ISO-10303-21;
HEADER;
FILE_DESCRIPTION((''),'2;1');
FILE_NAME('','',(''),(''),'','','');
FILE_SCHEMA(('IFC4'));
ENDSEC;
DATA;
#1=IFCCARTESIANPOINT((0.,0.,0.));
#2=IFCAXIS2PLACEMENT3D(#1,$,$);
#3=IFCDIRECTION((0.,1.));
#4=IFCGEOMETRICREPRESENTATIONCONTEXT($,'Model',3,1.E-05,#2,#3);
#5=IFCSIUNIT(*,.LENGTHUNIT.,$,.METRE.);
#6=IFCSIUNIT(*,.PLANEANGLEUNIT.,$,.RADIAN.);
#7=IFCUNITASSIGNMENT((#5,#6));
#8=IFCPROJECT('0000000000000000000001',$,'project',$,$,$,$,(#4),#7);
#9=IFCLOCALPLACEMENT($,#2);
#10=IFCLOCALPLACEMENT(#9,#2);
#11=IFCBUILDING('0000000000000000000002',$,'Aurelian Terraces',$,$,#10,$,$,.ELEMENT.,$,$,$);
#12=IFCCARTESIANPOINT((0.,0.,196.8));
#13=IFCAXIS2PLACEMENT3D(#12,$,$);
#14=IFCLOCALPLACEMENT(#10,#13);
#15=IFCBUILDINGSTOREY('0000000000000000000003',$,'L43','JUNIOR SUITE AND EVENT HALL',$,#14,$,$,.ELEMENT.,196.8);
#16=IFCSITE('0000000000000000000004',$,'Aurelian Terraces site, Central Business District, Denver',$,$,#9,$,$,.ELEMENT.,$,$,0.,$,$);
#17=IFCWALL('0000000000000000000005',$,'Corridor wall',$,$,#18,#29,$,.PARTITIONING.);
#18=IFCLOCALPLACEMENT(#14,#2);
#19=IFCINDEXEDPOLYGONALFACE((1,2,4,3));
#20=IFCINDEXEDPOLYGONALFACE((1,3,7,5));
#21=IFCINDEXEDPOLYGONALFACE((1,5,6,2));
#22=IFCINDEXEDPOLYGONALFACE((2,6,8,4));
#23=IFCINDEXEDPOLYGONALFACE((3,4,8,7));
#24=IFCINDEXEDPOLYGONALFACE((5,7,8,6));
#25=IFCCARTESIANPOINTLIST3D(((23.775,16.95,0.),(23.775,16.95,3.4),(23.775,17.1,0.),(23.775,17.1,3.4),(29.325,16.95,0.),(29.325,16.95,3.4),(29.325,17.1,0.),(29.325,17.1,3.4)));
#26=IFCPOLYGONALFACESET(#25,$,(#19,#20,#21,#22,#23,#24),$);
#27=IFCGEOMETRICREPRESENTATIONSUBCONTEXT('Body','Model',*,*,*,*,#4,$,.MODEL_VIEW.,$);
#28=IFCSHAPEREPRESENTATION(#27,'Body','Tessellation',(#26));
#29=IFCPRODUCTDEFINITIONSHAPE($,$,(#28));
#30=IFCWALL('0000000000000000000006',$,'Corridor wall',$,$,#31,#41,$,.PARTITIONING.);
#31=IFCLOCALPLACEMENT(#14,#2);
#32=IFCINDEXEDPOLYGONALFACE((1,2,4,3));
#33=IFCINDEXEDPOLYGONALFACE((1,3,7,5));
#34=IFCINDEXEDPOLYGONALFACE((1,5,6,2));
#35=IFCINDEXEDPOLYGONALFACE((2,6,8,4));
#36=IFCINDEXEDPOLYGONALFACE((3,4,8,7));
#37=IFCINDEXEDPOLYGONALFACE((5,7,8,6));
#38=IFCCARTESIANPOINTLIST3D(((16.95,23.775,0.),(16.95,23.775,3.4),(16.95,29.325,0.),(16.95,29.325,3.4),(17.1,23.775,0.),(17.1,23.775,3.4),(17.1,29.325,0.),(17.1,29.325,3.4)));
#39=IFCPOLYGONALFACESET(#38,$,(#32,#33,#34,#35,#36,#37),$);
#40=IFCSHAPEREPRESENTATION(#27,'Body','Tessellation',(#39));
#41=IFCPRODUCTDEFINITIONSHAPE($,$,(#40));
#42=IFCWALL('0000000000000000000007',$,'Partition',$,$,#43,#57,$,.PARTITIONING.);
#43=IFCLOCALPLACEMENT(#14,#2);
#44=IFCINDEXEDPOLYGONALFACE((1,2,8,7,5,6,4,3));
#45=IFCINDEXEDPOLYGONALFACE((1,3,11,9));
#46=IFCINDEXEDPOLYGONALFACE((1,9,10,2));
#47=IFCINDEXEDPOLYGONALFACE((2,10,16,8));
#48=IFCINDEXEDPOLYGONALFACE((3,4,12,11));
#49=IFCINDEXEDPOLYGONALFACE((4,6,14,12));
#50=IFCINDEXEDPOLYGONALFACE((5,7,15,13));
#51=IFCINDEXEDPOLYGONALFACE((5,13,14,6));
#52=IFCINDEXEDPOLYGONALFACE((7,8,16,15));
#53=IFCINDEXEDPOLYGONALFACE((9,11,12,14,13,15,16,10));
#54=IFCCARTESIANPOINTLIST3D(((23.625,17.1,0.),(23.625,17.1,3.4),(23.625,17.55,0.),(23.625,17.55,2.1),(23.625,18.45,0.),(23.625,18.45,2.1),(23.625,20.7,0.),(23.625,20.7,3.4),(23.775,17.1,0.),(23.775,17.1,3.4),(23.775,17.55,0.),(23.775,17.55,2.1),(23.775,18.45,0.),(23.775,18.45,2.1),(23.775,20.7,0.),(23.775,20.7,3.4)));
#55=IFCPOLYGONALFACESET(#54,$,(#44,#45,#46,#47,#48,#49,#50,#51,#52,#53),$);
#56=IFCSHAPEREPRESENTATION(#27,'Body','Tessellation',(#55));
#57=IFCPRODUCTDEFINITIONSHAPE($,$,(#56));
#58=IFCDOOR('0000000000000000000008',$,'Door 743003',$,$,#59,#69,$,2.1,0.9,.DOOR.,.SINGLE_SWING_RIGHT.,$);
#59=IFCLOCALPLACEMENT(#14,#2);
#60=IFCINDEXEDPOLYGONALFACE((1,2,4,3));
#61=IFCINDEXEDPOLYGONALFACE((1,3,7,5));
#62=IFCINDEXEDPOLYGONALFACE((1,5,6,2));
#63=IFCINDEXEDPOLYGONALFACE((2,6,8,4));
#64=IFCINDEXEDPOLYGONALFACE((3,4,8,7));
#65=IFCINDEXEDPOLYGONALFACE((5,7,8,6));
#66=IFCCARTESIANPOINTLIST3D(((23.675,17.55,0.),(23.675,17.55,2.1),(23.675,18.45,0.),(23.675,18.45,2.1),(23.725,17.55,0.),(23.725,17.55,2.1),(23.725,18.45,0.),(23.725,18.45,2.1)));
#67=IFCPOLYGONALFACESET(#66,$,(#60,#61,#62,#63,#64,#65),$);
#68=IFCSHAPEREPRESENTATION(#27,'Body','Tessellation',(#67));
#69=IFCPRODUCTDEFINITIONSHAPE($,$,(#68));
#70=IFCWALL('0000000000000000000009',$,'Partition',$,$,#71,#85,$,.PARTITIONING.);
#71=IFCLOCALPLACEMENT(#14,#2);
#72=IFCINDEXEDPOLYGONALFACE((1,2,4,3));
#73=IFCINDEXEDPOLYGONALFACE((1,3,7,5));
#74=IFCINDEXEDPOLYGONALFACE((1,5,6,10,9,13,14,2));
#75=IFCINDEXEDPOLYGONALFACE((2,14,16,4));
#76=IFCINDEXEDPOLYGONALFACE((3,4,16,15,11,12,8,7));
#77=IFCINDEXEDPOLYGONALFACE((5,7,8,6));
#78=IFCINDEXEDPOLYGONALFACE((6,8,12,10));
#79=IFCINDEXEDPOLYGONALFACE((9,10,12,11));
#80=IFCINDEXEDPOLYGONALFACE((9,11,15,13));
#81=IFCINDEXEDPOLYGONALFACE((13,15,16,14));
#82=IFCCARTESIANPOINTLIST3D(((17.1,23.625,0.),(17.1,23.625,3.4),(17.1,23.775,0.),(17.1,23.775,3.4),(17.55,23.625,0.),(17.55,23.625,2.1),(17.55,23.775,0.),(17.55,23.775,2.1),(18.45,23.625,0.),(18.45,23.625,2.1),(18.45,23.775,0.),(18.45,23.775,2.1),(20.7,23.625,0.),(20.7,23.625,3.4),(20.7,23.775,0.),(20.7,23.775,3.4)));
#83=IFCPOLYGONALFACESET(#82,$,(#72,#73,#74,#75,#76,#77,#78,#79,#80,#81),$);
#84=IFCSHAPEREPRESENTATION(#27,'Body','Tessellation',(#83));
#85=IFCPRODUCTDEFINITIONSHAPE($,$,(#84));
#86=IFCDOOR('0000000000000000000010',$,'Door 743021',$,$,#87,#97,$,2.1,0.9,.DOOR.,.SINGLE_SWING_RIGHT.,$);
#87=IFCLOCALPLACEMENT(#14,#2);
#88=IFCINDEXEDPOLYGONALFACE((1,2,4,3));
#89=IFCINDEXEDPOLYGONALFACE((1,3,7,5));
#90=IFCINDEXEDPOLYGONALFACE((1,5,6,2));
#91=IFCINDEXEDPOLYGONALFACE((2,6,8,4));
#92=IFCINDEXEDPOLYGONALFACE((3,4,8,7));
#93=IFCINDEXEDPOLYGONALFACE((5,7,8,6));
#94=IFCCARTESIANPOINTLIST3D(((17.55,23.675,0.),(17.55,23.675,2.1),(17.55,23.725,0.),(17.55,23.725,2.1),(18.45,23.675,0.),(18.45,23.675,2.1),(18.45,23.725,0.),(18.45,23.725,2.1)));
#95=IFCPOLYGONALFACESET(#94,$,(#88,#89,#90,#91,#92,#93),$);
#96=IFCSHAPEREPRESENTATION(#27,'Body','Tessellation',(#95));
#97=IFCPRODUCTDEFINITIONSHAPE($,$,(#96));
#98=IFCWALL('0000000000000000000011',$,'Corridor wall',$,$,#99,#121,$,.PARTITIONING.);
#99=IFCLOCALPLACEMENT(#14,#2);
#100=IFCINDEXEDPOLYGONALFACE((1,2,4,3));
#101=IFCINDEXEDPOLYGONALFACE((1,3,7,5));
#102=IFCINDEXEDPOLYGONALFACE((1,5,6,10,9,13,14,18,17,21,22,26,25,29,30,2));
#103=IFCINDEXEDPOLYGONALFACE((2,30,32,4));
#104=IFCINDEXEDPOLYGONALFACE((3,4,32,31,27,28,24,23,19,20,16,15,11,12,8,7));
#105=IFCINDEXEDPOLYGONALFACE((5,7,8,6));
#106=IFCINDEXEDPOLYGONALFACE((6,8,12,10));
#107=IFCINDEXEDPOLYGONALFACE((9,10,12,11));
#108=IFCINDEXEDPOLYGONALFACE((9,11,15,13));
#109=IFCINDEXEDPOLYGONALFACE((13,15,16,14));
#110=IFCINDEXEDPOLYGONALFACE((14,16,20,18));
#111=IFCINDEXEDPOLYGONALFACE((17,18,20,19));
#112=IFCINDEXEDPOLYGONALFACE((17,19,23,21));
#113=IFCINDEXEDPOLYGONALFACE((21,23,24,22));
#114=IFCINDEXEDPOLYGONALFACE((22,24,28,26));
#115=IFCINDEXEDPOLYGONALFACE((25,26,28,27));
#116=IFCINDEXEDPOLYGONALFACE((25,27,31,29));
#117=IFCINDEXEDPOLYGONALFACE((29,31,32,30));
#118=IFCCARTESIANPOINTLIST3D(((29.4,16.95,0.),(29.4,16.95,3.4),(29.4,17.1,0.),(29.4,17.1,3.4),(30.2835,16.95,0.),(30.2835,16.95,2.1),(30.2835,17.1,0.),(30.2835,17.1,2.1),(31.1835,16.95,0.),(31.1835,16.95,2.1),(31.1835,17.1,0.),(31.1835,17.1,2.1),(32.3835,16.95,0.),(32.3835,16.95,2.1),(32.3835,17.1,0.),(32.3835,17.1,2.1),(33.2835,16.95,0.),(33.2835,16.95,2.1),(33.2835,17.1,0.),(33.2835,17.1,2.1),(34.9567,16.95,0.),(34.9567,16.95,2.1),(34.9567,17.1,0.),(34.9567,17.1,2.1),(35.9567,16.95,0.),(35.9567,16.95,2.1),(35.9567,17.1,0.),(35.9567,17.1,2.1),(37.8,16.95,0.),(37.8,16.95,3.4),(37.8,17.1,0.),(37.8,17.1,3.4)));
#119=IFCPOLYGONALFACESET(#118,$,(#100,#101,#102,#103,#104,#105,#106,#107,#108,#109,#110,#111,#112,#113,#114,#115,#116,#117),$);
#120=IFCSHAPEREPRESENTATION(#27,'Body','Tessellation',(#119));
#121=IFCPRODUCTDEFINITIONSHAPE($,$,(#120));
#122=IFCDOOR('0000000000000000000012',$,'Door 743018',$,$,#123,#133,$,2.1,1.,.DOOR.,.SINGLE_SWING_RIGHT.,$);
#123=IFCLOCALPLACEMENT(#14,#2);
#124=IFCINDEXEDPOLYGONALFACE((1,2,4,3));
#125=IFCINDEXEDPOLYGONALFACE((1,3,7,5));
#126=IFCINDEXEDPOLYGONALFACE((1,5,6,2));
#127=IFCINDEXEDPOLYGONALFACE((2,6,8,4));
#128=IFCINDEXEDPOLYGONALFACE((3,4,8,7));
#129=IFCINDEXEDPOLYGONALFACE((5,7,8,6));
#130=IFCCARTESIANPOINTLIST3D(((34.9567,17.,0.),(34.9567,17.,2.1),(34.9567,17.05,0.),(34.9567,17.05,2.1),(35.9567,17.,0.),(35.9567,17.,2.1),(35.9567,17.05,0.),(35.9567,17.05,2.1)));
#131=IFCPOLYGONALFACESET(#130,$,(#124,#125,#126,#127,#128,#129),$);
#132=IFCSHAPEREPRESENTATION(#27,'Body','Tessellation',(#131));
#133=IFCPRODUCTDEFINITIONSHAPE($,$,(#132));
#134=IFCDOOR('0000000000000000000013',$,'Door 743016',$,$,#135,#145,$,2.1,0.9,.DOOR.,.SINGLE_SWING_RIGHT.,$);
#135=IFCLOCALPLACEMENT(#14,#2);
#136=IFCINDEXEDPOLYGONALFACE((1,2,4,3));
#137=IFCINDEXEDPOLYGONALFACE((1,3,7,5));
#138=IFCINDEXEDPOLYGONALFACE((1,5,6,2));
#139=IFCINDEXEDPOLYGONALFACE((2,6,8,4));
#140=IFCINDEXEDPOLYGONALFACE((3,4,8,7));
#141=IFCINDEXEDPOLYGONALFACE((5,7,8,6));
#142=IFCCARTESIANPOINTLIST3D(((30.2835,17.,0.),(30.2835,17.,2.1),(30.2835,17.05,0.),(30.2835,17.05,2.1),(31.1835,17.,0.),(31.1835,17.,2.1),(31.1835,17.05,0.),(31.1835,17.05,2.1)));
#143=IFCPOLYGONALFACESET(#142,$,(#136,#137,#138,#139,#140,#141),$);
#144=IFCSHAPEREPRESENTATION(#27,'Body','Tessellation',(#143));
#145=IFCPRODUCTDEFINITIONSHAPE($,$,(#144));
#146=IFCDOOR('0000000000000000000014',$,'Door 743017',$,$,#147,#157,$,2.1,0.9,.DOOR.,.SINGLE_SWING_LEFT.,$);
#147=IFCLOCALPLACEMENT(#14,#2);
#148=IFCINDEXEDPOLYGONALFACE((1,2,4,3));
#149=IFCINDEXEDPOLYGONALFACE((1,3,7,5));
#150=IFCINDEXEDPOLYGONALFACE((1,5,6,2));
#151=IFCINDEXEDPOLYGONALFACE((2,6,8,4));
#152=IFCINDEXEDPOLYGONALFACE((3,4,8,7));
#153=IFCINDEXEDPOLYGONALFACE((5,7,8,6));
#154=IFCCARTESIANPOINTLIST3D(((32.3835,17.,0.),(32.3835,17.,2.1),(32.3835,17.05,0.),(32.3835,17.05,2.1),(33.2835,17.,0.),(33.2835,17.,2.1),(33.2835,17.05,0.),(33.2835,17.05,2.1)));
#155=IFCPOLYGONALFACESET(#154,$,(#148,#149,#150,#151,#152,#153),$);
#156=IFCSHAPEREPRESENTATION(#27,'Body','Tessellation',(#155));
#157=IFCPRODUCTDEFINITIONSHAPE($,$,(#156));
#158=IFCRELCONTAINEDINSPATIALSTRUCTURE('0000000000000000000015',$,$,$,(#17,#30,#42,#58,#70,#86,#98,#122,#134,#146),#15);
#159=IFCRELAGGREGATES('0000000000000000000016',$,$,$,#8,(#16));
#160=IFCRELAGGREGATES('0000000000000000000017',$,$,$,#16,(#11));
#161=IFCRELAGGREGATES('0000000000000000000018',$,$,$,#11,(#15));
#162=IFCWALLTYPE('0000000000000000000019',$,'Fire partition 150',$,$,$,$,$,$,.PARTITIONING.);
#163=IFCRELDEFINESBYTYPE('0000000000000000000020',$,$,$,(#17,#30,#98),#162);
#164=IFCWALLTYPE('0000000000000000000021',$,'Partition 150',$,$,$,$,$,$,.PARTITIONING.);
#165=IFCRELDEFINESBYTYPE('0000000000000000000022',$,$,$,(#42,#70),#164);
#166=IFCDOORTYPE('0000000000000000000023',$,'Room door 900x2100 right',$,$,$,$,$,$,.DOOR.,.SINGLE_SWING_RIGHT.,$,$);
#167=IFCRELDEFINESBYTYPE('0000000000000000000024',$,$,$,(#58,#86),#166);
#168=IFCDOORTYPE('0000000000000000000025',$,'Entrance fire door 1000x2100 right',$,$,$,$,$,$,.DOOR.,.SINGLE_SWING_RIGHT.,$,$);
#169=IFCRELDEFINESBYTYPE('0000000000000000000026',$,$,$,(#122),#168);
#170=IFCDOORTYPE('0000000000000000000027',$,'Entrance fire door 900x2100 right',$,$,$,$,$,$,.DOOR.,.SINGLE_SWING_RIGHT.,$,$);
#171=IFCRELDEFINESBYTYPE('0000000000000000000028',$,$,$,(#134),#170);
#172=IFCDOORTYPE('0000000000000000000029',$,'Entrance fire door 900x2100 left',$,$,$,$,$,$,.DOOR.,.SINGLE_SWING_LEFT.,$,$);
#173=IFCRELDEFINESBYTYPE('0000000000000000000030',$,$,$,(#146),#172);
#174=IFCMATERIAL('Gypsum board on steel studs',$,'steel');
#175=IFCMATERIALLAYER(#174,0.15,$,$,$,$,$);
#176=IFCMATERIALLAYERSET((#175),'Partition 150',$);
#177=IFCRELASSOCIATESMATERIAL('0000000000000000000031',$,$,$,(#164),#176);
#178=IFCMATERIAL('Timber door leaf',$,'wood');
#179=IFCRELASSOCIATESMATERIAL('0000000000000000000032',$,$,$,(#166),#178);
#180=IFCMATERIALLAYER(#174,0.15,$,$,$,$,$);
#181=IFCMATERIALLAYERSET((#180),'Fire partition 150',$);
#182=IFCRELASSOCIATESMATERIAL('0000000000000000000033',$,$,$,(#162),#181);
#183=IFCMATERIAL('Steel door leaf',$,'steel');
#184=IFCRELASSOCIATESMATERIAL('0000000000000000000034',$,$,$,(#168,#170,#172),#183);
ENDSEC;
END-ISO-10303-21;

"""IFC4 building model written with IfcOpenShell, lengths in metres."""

from ifc_helpers import new_model, si_unit, direction, frame, frame_2d, origin, place, context, subcontext, project, spatial, rectangle, extrude, source, transform, mapped, material, layer, layer_set, type_object, element, fill, save


model = new_model("IFC4")

# Units and contexts
model_context = context("Model", 3, precision=1e-05, world=origin(), true_north=direction((0.0, 1.0)))
body_context = subcontext(model_context, "Body", "Model", "MODEL_VIEW")
ifc_project = project(units=[si_unit("LENGTHUNIT", "METRE"), si_unit("PLANEANGLEUNIT", "RADIAN")], contexts=[model_context])

# Site, building, storey
site_placement = place(None, origin())
site = spatial("IfcSite", under=ifc_project, at=site_placement, Name="Aurelian Terraces site, Central Business District, Denver", CompositionType="ELEMENT", RefElevation=0.0)
building_placement = place(site_placement, origin())
building = spatial("IfcBuilding", under=site, at=building_placement, Name="Aurelian Terraces", CompositionType="ELEMENT")
storey_placement = place(building_placement, frame((0.0, 0.0, 196.8)))
storey = spatial("IfcBuildingStorey", under=building, at=storey_placement, Name="L43", Description="JUNIOR SUITE AND EVENT HALL", CompositionType="ELEMENT", Elevation=196.8)

# Shared definitions
ifc_material_1 = material(Name="Gypsum board on steel studs", Category="steel")
ifc_layer_1 = layer(ifc_material_1, 0.15)
ifc_layer_set_1 = layer_set([ifc_layer_1], Name="Partition 150")
wall_type_1 = type_object("IfcWallType", Name="Partition 150", PredefinedType="PARTITIONING", material=ifc_layer_set_1)
shared_shape_1 = source(origin(), body_context, "Body", "SweptSolid", [
    extrude(rectangle(XDim=0.9, YDim=2.1, at=frame_2d((0.45, 1.05))), frame((0.0, 0.085, 0.0), z_axis=(0.0, -1.0, 0.0), x_axis=(1.0, 0.0, 0.0)), (0.0, 0.0, 1.0), 0.17),
])
ifc_material_2 = material(Name="Timber door leaf", Category="wood")
door_type_1 = type_object("IfcDoorType", Name="Room door 900x2100 right", OperationType="SINGLE_SWING_RIGHT", PredefinedType="DOOR", material=ifc_material_2)
shared_shape_2 = source(origin(), body_context, "Body", "SweptSolid", [
    extrude(rectangle(XDim=0.9, YDim=2.1, at=frame_2d((0.45, 1.05))), frame((0.0, 0.025, 0.0), z_axis=(0.0, -1.0, 0.0), x_axis=(1.0, 0.0, 0.0)), (0.0, 0.0, 1.0), 0.05),
])

# Walls
ifc_layer_2 = layer(ifc_material_1, 0.15)
ifc_layer_set_2 = layer_set([ifc_layer_2], Name="Fire partition 150")
wall_type_2 = type_object("IfcWallType", Name="Fire partition 150", PredefinedType="PARTITIONING", material=ifc_layer_set_2)
shared_shape_3 = source(origin(), body_context, "Body", "SweptSolid", [
    extrude(rectangle(XDim=5.55, YDim=0.15, at=frame_2d((2.775, 0.0))), origin(), (0.0, 0.0, 1.0), 3.4),
])
for number, where, z_axis, x_axis, name in (
    (1, (23.775, 17.025, 0.0), (0.0, 0.0, 1.0), (1.0, 0.0, 0.0), "Corridor wall"),
    (2, (17.025, 29.325, 0.0), (0.0, 0.0, 1.0), (0.0, -1.0, 0.0), "Corridor wall"),
):
    element("IfcWall", number, at=place(storey_placement, frame(where, z_axis=z_axis, x_axis=x_axis)), inside=storey, type_object=wall_type_2, Name=name, PredefinedType="PARTITIONING", context=body_context, shape_type="MappedRepresentation", body=[
        mapped(shared_shape_3, transform((0.0, 0.0, 0.0), scale=1.0)),
    ])

# Walls, openings, doors
shared_shape_4 = source(origin(), body_context, "Body", "SweptSolid", [
    extrude(rectangle(XDim=3.6, YDim=0.15, at=frame_2d((1.8, 0.0))), origin(), (0.0, 0.0, 1.0), 3.4),
])
wall_1_placement = place(storey_placement, frame((23.7, 20.7, 0.0), z_axis=(0.0, 0.0, 1.0), x_axis=(0.0, -1.0, 0.0)))
wall_1 = element("IfcWall", 3, at=wall_1_placement, inside=storey, type_object=wall_type_1, Name="Partition", PredefinedType="PARTITIONING", context=body_context, shape_type="MappedRepresentation", body=[
    mapped(shared_shape_4, transform((0.0, 0.0, 0.0), scale=1.0)),
])
opening_1_placement = place(wall_1_placement, frame((2.25, 0.0, 0.0)))
opening_1 = element("IfcOpeningElement", 4, at=opening_1_placement, cuts=wall_1, PredefinedType="OPENING", context=body_context, shape_type="MappedRepresentation", body=[
    mapped(shared_shape_1, transform((0.0, 0.0, 0.0), scale=1.0)),
])
door_1_placement = place(opening_1_placement, origin())
door_1 = element("IfcDoor", 5, at=door_1_placement, inside=storey, type_object=door_type_1, Name="Door 743003", OperationType="SINGLE_SWING_RIGHT", OverallHeight=2.1, OverallWidth=0.9, PredefinedType="DOOR", context=body_context, shape_type="MappedRepresentation", body=[
    mapped(shared_shape_2, transform((0.0, 0.0, 0.0), scale=1.0)),
])
fill(opening_1, door_1)
wall_2_placement = place(storey_placement, frame((17.1, 23.7, 0.0), z_axis=(0.0, 0.0, 1.0), x_axis=(1.0, 0.0, 0.0)))
wall_2 = element("IfcWall", 6, at=wall_2_placement, inside=storey, type_object=wall_type_1, Name="Partition", PredefinedType="PARTITIONING", context=body_context, shape_type="MappedRepresentation", body=[
    mapped(shared_shape_4, transform((0.0, 0.0, 0.0), scale=1.0)),
])
opening_2_placement = place(wall_2_placement, frame((0.45, 0.0, 0.0)))
opening_2 = element("IfcOpeningElement", 7, at=opening_2_placement, cuts=wall_2, PredefinedType="OPENING", context=body_context, shape_type="MappedRepresentation", body=[
    mapped(shared_shape_1, transform((0.0, 0.0, 0.0), scale=1.0)),
])
door_2_placement = place(opening_2_placement, origin())
door_2 = element("IfcDoor", 8, at=door_2_placement, inside=storey, type_object=door_type_1, Name="Door 743021", OperationType="SINGLE_SWING_RIGHT", OverallHeight=2.1, OverallWidth=0.9, PredefinedType="DOOR", context=body_context, shape_type="MappedRepresentation", body=[
    mapped(shared_shape_2, transform((0.0, 0.0, 0.0), scale=1.0)),
])
fill(opening_2, door_2)

# Wall, openings, doors
shared_shape_5 = source(origin(), body_context, "Body", "SweptSolid", [
    extrude(rectangle(XDim=8.4, YDim=0.15, at=frame_2d((4.2, 0.0))), origin(), (0.0, 0.0, 1.0), 3.4),
])
wall_3_placement = place(storey_placement, frame((29.4, 17.025, 0.0), z_axis=(0.0, 0.0, 1.0), x_axis=(1.0, 0.0, 0.0)))
wall_3 = element("IfcWall", 9, at=wall_3_placement, inside=storey, type_object=wall_type_2, Name="Corridor wall", PredefinedType="PARTITIONING", context=body_context, shape_type="MappedRepresentation", body=[
    mapped(shared_shape_5, transform((0.0, 0.0, 0.0), scale=1.0)),
])
opening_3_placement = place(wall_3_placement, frame((0.8835, 0.0, 0.0)))
opening_3 = element("IfcOpeningElement", 10, at=opening_3_placement, cuts=wall_3, PredefinedType="OPENING", context=body_context, shape_type="MappedRepresentation", body=[
    mapped(shared_shape_1, transform((0.0, 0.0, 0.0), scale=1.0)),
])
opening_4_placement = place(wall_3_placement, frame((2.9835, 0.0, 0.0)))
opening_4 = element("IfcOpeningElement", 11, at=opening_4_placement, cuts=wall_3, PredefinedType="OPENING", context=body_context, shape_type="MappedRepresentation", body=[
    mapped(shared_shape_1, transform((0.0, 0.0, 0.0), scale=1.0)),
])
shared_shape_6 = source(origin(), body_context, "Body", "SweptSolid", [
    extrude(rectangle(XDim=1.0, YDim=2.1, at=frame_2d((0.5, 1.05))), frame((0.0, 0.085, 0.0), z_axis=(0.0, -1.0, 0.0), x_axis=(1.0, 0.0, 0.0)), (0.0, 0.0, 1.0), 0.17),
])
opening_5_placement = place(wall_3_placement, frame((5.5567, 0.0, 0.0)))
opening_5 = element("IfcOpeningElement", 12, at=opening_5_placement, cuts=wall_3, PredefinedType="OPENING", context=body_context, shape_type="MappedRepresentation", body=[
    mapped(shared_shape_6, transform((0.0, 0.0, 0.0), scale=1.0)),
])
ifc_material_3 = material(Name="Steel door leaf", Category="steel")
door_type_2 = type_object("IfcDoorType", Name="Entrance fire door 1000x2100 right", OperationType="SINGLE_SWING_RIGHT", PredefinedType="DOOR", material=ifc_material_3)
shared_shape_7 = source(origin(), body_context, "Body", "SweptSolid", [
    extrude(rectangle(XDim=1.0, YDim=2.1, at=frame_2d((0.5, 1.05))), frame((0.0, 0.025, 0.0), z_axis=(0.0, -1.0, 0.0), x_axis=(1.0, 0.0, 0.0)), (0.0, 0.0, 1.0), 0.05),
])
door_3_placement = place(opening_5_placement, origin())
door_3 = element("IfcDoor", 13, at=door_3_placement, inside=storey, type_object=door_type_2, Name="Door 743018", OperationType="SINGLE_SWING_RIGHT", OverallHeight=2.1, OverallWidth=1.0, PredefinedType="DOOR", context=body_context, shape_type="MappedRepresentation", body=[
    mapped(shared_shape_7, transform((0.0, 0.0, 0.0), scale=1.0)),
])
fill(opening_5, door_3)
door_type_3 = type_object("IfcDoorType", Name="Entrance fire door 900x2100 right", OperationType="SINGLE_SWING_RIGHT", PredefinedType="DOOR", material=ifc_material_3)
door_4_placement = place(opening_3_placement, origin())
door_4 = element("IfcDoor", 14, at=door_4_placement, inside=storey, type_object=door_type_3, Name="Door 743016", OperationType="SINGLE_SWING_RIGHT", OverallHeight=2.1, OverallWidth=0.9, PredefinedType="DOOR", context=body_context, shape_type="MappedRepresentation", body=[
    mapped(shared_shape_2, transform((0.0, 0.0, 0.0), scale=1.0)),
])
fill(opening_3, door_4)
door_type_4 = type_object("IfcDoorType", Name="Entrance fire door 900x2100 left", OperationType="SINGLE_SWING_LEFT", PredefinedType="DOOR", material=ifc_material_3)
door_5_placement = place(opening_4_placement, origin())
door_5 = element("IfcDoor", 15, at=door_5_placement, inside=storey, type_object=door_type_4, Name="Door 743017", OperationType="SINGLE_SWING_LEFT", OverallHeight=2.1, OverallWidth=0.9, PredefinedType="DOOR", context=body_context, shape_type="MappedRepresentation", body=[
    mapped(shared_shape_2, transform((0.0, 0.0, 0.0), scale=1.0)),
])
fill(opening_4, door_5)

save(model, "model.ifc")
